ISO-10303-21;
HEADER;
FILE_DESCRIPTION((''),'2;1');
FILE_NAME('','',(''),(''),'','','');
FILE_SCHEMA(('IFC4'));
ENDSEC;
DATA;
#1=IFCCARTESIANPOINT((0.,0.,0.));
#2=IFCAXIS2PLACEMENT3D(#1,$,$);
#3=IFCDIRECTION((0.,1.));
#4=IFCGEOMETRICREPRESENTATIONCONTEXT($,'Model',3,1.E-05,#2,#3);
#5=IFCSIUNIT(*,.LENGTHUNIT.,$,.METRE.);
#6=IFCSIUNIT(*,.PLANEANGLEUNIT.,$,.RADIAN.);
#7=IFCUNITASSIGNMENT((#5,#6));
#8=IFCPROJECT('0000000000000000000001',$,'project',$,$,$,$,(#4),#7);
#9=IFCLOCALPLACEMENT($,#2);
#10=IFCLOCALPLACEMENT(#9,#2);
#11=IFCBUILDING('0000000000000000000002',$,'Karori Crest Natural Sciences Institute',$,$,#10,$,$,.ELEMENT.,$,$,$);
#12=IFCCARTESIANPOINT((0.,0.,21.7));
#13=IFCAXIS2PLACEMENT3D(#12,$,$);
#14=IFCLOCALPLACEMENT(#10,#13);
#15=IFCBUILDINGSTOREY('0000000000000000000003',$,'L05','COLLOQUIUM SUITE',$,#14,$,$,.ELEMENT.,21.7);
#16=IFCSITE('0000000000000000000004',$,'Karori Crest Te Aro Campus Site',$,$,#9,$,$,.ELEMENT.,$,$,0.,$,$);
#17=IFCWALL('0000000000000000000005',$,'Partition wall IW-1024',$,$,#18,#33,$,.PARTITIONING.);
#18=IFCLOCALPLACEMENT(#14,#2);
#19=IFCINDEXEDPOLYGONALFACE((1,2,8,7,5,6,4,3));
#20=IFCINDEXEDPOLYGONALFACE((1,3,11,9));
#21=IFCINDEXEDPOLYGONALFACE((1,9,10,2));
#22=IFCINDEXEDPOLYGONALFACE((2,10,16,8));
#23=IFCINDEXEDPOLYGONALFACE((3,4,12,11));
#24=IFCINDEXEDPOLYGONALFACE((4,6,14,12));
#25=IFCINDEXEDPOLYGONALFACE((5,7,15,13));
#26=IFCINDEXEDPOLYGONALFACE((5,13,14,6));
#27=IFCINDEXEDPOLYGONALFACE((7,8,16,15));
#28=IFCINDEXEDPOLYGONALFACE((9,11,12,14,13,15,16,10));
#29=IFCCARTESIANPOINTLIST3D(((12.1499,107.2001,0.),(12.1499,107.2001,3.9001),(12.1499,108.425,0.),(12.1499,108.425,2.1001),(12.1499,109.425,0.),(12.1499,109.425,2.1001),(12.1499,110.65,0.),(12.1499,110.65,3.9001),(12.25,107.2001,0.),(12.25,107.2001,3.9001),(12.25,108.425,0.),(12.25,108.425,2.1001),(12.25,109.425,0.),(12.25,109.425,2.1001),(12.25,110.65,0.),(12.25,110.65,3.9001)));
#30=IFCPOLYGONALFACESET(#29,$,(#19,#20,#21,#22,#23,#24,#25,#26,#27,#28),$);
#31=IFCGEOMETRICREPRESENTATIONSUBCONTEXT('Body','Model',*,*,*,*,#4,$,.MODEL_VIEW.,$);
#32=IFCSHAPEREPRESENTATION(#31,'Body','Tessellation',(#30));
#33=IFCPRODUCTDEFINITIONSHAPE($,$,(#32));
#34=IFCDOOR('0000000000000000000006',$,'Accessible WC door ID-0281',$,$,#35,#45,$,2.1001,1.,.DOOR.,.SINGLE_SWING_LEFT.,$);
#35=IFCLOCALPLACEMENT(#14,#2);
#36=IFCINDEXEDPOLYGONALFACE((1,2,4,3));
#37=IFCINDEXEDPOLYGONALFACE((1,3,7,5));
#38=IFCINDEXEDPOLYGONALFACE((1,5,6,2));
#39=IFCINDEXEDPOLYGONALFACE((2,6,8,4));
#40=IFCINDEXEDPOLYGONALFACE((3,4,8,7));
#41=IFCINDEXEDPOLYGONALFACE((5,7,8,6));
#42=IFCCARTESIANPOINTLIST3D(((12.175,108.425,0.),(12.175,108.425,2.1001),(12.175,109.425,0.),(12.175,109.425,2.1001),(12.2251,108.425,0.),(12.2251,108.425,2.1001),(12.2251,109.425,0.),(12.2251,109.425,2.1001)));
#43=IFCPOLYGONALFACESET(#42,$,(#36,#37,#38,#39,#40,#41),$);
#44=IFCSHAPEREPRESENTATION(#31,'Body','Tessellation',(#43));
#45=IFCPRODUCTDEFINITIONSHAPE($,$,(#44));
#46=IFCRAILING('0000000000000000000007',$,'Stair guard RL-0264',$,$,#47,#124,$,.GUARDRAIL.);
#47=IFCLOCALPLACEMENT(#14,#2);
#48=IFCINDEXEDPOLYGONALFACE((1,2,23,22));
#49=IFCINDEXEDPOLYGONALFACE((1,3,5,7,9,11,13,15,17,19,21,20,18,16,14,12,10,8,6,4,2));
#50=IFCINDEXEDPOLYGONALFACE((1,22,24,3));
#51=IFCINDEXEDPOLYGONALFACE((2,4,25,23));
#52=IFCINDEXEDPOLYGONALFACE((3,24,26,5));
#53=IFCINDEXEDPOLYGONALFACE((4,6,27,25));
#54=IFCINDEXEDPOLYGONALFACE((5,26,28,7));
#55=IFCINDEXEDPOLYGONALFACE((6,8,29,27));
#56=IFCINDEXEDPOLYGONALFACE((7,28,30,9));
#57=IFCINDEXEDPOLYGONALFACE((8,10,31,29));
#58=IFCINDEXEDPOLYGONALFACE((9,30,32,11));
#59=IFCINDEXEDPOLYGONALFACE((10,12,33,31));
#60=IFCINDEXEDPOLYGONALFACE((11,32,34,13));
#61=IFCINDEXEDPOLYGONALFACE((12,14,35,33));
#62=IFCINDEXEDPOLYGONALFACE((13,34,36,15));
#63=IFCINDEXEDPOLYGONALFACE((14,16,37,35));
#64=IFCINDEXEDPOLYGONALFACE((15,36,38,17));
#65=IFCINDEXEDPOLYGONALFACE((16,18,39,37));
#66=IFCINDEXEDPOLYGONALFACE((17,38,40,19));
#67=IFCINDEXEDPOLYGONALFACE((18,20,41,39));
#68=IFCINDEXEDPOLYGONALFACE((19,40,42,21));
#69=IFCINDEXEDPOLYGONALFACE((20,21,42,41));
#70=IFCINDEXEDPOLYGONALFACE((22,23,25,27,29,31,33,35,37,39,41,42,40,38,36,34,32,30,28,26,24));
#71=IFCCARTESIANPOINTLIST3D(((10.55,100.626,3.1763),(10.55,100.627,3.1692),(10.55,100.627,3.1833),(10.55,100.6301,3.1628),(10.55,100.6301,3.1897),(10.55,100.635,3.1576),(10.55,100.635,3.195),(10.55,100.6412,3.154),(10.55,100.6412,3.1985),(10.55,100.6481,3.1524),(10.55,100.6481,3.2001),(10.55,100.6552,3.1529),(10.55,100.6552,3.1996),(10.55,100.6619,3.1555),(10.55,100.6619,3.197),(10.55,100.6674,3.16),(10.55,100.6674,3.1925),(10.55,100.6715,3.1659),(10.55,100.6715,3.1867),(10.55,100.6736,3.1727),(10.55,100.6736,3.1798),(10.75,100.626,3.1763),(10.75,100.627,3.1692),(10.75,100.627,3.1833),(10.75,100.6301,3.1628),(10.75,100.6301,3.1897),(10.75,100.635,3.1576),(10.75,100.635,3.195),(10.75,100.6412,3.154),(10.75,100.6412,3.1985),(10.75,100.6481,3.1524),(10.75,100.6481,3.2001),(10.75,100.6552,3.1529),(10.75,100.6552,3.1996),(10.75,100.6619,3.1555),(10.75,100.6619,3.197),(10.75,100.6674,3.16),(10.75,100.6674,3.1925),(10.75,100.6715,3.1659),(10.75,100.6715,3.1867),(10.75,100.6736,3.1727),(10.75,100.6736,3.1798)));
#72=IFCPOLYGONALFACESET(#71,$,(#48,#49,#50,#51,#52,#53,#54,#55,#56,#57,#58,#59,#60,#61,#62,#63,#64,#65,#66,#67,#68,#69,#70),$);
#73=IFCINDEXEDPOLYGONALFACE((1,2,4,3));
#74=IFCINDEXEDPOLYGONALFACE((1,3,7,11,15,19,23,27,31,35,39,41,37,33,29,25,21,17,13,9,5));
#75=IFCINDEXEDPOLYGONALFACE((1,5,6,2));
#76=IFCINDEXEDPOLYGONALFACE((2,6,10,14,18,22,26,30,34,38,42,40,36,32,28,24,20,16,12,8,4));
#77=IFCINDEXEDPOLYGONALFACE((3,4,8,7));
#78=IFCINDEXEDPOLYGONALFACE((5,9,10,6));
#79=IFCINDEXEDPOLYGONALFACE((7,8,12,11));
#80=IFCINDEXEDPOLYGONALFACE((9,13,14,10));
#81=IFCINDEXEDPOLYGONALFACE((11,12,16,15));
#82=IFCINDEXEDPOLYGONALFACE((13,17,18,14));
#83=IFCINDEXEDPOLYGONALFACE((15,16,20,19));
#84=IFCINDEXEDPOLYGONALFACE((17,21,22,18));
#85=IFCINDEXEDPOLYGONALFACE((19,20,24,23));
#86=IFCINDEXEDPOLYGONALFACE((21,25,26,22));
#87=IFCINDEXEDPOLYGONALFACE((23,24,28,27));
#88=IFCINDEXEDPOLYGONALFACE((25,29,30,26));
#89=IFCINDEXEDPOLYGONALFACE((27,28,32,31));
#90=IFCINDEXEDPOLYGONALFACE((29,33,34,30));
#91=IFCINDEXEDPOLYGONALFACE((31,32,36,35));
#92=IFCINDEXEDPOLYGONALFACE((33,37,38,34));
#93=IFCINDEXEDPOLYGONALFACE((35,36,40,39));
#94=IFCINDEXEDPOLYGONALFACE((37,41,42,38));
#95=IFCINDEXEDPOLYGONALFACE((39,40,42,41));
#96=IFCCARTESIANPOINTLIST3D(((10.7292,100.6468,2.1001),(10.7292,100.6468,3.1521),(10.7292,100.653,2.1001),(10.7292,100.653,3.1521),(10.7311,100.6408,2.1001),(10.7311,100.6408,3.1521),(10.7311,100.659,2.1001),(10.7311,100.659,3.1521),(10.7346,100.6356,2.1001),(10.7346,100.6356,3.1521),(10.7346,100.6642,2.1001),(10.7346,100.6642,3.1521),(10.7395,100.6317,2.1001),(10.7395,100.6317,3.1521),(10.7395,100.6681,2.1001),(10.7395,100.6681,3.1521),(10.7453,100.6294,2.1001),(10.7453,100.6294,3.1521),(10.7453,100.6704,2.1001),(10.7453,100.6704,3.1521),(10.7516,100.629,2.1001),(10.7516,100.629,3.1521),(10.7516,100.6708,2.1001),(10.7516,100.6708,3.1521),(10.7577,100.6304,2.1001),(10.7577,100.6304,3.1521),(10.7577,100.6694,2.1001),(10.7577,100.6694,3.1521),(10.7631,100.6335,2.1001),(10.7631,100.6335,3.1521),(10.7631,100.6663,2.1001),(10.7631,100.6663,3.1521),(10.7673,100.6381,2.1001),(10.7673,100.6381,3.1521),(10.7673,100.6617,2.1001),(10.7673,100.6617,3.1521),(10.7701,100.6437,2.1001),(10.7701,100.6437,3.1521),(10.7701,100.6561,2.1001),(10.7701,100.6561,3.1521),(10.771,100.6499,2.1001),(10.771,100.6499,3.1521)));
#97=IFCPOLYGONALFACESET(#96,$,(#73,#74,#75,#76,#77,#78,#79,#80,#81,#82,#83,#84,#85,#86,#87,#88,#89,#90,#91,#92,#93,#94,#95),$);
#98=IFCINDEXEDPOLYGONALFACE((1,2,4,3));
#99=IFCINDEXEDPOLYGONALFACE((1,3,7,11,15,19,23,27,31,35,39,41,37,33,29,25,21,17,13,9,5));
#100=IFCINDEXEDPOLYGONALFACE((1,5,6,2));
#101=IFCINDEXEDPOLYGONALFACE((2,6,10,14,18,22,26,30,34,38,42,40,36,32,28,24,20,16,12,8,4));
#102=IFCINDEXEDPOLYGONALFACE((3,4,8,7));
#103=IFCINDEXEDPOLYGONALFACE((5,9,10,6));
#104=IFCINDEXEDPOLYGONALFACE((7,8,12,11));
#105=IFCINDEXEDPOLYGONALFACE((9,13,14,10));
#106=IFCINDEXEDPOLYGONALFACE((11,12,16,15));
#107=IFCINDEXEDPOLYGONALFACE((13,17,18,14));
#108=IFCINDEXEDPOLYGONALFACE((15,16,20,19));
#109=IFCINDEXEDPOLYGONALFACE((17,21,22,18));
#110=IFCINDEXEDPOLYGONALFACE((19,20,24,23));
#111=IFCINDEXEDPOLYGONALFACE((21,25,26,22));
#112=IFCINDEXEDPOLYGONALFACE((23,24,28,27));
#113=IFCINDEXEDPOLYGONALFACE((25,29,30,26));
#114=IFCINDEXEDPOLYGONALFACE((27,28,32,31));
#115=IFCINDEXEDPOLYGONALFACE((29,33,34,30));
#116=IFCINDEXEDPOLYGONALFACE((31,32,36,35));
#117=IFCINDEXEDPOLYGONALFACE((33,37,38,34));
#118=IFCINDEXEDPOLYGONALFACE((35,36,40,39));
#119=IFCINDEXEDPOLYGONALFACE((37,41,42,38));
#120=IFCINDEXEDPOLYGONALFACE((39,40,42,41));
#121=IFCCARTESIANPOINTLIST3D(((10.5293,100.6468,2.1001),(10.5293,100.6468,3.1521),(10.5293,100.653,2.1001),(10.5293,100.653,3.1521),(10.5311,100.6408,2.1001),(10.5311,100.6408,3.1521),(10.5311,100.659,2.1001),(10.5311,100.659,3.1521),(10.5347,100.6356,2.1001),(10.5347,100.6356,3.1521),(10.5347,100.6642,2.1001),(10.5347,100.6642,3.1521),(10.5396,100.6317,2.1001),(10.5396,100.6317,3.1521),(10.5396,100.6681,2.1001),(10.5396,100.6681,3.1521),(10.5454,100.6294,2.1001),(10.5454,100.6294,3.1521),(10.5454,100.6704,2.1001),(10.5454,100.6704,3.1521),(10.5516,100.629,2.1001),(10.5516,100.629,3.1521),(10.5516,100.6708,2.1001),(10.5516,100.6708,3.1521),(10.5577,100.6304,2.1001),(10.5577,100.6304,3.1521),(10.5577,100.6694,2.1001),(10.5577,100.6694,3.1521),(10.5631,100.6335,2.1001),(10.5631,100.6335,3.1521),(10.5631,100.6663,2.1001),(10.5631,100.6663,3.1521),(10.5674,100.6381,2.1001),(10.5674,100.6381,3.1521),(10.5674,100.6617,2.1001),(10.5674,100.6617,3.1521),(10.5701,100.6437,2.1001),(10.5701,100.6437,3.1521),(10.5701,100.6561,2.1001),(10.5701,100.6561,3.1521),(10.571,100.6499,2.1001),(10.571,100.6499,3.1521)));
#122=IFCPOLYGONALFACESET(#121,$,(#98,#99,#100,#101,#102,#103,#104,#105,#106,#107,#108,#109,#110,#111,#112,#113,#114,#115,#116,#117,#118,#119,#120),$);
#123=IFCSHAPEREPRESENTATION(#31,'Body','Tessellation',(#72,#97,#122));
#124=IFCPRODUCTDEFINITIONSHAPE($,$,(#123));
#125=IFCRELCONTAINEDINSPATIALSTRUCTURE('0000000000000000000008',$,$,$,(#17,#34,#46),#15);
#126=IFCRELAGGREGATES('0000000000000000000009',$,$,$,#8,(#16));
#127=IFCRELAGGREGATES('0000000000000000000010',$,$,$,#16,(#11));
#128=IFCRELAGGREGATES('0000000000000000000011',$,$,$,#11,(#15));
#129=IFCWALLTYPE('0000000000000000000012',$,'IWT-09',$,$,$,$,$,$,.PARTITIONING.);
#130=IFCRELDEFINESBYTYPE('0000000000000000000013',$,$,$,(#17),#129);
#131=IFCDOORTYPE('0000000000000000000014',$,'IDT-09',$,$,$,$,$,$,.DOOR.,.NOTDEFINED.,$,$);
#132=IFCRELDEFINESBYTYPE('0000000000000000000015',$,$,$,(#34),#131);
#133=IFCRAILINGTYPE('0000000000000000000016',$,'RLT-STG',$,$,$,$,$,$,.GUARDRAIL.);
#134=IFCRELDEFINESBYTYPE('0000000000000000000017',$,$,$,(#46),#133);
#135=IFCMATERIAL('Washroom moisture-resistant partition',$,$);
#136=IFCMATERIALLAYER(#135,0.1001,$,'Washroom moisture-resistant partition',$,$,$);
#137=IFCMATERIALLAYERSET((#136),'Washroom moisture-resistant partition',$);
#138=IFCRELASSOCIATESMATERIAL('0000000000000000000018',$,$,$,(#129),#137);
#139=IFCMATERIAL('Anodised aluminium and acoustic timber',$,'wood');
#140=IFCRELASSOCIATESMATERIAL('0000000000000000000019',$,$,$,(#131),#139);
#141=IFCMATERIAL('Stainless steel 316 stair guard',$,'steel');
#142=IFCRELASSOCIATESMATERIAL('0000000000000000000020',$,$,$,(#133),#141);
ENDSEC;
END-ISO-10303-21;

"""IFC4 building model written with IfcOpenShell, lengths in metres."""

from ifc_helpers import new_model, si_unit, direction, frame, frame_2d, origin, origin_2d, place, context, subcontext, project, spatial, rectangle, circle, extrude, material, layer, layer_set, type_object, element, fill, save


model = new_model("IFC4")

# Units and contexts
model_context = context("Model", 3, precision=1e-05, world=origin(), true_north=direction((0.0, 1.0)))
body_context = subcontext(model_context, "Body", "Model", "MODEL_VIEW")
ifc_project = project(units=[si_unit("LENGTHUNIT", "METRE"), si_unit("PLANEANGLEUNIT", "RADIAN")], contexts=[model_context])

# Site, building, storey
site_placement = place(None, origin())
site = spatial("IfcSite", under=ifc_project, at=site_placement, Name="Karori Crest Te Aro Campus Site", CompositionType="ELEMENT", RefElevation=0.0)
building_placement = place(site_placement, origin())
building = spatial("IfcBuilding", under=site, at=building_placement, Name="Karori Crest Natural Sciences Institute", CompositionType="ELEMENT")
storey_placement = place(building_placement, frame((0.0, 0.0, 21.7)))
storey = spatial("IfcBuildingStorey", under=building, at=storey_placement, Name="L05", Description="COLLOQUIUM SUITE", CompositionType="ELEMENT", Elevation=21.7)

# Shared definitions
ifc_material_1 = material(Name="Washroom moisture-resistant partition")
ifc_layer_1 = layer(ifc_material_1, 0.1001, Name="Washroom moisture-resistant partition")
ifc_layer_set_1 = layer_set([ifc_layer_1], Name="Washroom moisture-resistant partition")
wall_type_1 = type_object("IfcWallType", Name="IWT-09", PredefinedType="PARTITIONING", material=ifc_layer_set_1)

# Wall, opening, door
wall_1_placement = place(storey_placement, frame((12.2, 107.2, 0.0), z_axis=(0.0, 0.0, 1.0), x_axis=(0.0, 1.0, 0.0)))
wall_1 = element("IfcWall", 1, at=wall_1_placement, inside=storey, type_object=wall_type_1, Name="Partition wall IW-1024", PredefinedType="PARTITIONING", context=body_context, shape_type="SweptSolid", body=[
    extrude(rectangle(XDim=3.45, YDim=0.1001, at=frame_2d((1.7251, 0.0))), origin(), (0.0, 0.0, 1.0), 3.9001),
])
opening_1_placement = place(wall_1_placement, frame((1.2251, 0.0, 0.0)))
opening_1 = element("IfcOpeningElement", 2, at=opening_1_placement, cuts=wall_1, PredefinedType="OPENING", context=body_context, shape_type="SweptSolid", body=[
    extrude(rectangle(XDim=1.0, YDim=2.1001, at=frame_2d((0.5, 1.05))), frame((0.0, 0.0601, 0.0), z_axis=(0.0, -1.0, 0.0), x_axis=(1.0, 0.0, 0.0)), (0.0, 0.0, 1.0), 0.1201),
])
ifc_material_2 = material(Name="Anodised aluminium and acoustic timber", Category="wood")
door_type_1 = type_object("IfcDoorType", Name="IDT-09", OperationType="NOTDEFINED", PredefinedType="DOOR", material=ifc_material_2)
door_1_placement = place(opening_1_placement, origin())
door_1 = element("IfcDoor", 3, at=door_1_placement, inside=storey, type_object=door_type_1, Name="Accessible WC door ID-0281", OperationType="SINGLE_SWING_LEFT", OverallHeight=2.1001, OverallWidth=1.0, PredefinedType="DOOR", context=body_context, shape_type="SweptSolid", body=[
    extrude(rectangle(XDim=1.0, YDim=2.1001, at=frame_2d((0.5, 1.05))), frame((0.0, 0.0249, 0.0), z_axis=(0.0, -1.0, 0.0), x_axis=(1.0, 0.0, 0.0)), (0.0, 0.0, 1.0), 0.05),
])
fill(opening_1, door_1)

# Railing
ifc_material_3 = material(Name="Stainless steel 316 stair guard", Category="steel")
railing_type = type_object("IfcRailingType", Name="RLT-STG", PredefinedType="GUARDRAIL", material=ifc_material_3)
railing_1_placement = place(storey_placement, frame((10.75, 100.6499, 2.1001)))
element("IfcRailing", 4, at=railing_1_placement, inside=storey, type_object=railing_type, Name="Stair guard RL-0264", PredefinedType="GUARDRAIL", context=body_context, shape_type="SweptSolid", body=[
    extrude(circle(Radius=0.0239, at=origin_2d()), frame((0.0, 0.0, 1.0762), z_axis=(-1.0, 0.0, 0.0), x_axis=(0.0, -1.0, 0.0)), (0.0, 0.0, 1.0), 0.2),
    extrude(circle(Radius=0.021, at=origin_2d()), origin(), (0.0, 0.0, 1.0), 1.052),
    extrude(circle(Radius=0.021, at=origin_2d()), frame((-0.2, 0.0, 0.0)), (0.0, 0.0, 1.0), 1.052),
])

save(model, "model.ifc")
